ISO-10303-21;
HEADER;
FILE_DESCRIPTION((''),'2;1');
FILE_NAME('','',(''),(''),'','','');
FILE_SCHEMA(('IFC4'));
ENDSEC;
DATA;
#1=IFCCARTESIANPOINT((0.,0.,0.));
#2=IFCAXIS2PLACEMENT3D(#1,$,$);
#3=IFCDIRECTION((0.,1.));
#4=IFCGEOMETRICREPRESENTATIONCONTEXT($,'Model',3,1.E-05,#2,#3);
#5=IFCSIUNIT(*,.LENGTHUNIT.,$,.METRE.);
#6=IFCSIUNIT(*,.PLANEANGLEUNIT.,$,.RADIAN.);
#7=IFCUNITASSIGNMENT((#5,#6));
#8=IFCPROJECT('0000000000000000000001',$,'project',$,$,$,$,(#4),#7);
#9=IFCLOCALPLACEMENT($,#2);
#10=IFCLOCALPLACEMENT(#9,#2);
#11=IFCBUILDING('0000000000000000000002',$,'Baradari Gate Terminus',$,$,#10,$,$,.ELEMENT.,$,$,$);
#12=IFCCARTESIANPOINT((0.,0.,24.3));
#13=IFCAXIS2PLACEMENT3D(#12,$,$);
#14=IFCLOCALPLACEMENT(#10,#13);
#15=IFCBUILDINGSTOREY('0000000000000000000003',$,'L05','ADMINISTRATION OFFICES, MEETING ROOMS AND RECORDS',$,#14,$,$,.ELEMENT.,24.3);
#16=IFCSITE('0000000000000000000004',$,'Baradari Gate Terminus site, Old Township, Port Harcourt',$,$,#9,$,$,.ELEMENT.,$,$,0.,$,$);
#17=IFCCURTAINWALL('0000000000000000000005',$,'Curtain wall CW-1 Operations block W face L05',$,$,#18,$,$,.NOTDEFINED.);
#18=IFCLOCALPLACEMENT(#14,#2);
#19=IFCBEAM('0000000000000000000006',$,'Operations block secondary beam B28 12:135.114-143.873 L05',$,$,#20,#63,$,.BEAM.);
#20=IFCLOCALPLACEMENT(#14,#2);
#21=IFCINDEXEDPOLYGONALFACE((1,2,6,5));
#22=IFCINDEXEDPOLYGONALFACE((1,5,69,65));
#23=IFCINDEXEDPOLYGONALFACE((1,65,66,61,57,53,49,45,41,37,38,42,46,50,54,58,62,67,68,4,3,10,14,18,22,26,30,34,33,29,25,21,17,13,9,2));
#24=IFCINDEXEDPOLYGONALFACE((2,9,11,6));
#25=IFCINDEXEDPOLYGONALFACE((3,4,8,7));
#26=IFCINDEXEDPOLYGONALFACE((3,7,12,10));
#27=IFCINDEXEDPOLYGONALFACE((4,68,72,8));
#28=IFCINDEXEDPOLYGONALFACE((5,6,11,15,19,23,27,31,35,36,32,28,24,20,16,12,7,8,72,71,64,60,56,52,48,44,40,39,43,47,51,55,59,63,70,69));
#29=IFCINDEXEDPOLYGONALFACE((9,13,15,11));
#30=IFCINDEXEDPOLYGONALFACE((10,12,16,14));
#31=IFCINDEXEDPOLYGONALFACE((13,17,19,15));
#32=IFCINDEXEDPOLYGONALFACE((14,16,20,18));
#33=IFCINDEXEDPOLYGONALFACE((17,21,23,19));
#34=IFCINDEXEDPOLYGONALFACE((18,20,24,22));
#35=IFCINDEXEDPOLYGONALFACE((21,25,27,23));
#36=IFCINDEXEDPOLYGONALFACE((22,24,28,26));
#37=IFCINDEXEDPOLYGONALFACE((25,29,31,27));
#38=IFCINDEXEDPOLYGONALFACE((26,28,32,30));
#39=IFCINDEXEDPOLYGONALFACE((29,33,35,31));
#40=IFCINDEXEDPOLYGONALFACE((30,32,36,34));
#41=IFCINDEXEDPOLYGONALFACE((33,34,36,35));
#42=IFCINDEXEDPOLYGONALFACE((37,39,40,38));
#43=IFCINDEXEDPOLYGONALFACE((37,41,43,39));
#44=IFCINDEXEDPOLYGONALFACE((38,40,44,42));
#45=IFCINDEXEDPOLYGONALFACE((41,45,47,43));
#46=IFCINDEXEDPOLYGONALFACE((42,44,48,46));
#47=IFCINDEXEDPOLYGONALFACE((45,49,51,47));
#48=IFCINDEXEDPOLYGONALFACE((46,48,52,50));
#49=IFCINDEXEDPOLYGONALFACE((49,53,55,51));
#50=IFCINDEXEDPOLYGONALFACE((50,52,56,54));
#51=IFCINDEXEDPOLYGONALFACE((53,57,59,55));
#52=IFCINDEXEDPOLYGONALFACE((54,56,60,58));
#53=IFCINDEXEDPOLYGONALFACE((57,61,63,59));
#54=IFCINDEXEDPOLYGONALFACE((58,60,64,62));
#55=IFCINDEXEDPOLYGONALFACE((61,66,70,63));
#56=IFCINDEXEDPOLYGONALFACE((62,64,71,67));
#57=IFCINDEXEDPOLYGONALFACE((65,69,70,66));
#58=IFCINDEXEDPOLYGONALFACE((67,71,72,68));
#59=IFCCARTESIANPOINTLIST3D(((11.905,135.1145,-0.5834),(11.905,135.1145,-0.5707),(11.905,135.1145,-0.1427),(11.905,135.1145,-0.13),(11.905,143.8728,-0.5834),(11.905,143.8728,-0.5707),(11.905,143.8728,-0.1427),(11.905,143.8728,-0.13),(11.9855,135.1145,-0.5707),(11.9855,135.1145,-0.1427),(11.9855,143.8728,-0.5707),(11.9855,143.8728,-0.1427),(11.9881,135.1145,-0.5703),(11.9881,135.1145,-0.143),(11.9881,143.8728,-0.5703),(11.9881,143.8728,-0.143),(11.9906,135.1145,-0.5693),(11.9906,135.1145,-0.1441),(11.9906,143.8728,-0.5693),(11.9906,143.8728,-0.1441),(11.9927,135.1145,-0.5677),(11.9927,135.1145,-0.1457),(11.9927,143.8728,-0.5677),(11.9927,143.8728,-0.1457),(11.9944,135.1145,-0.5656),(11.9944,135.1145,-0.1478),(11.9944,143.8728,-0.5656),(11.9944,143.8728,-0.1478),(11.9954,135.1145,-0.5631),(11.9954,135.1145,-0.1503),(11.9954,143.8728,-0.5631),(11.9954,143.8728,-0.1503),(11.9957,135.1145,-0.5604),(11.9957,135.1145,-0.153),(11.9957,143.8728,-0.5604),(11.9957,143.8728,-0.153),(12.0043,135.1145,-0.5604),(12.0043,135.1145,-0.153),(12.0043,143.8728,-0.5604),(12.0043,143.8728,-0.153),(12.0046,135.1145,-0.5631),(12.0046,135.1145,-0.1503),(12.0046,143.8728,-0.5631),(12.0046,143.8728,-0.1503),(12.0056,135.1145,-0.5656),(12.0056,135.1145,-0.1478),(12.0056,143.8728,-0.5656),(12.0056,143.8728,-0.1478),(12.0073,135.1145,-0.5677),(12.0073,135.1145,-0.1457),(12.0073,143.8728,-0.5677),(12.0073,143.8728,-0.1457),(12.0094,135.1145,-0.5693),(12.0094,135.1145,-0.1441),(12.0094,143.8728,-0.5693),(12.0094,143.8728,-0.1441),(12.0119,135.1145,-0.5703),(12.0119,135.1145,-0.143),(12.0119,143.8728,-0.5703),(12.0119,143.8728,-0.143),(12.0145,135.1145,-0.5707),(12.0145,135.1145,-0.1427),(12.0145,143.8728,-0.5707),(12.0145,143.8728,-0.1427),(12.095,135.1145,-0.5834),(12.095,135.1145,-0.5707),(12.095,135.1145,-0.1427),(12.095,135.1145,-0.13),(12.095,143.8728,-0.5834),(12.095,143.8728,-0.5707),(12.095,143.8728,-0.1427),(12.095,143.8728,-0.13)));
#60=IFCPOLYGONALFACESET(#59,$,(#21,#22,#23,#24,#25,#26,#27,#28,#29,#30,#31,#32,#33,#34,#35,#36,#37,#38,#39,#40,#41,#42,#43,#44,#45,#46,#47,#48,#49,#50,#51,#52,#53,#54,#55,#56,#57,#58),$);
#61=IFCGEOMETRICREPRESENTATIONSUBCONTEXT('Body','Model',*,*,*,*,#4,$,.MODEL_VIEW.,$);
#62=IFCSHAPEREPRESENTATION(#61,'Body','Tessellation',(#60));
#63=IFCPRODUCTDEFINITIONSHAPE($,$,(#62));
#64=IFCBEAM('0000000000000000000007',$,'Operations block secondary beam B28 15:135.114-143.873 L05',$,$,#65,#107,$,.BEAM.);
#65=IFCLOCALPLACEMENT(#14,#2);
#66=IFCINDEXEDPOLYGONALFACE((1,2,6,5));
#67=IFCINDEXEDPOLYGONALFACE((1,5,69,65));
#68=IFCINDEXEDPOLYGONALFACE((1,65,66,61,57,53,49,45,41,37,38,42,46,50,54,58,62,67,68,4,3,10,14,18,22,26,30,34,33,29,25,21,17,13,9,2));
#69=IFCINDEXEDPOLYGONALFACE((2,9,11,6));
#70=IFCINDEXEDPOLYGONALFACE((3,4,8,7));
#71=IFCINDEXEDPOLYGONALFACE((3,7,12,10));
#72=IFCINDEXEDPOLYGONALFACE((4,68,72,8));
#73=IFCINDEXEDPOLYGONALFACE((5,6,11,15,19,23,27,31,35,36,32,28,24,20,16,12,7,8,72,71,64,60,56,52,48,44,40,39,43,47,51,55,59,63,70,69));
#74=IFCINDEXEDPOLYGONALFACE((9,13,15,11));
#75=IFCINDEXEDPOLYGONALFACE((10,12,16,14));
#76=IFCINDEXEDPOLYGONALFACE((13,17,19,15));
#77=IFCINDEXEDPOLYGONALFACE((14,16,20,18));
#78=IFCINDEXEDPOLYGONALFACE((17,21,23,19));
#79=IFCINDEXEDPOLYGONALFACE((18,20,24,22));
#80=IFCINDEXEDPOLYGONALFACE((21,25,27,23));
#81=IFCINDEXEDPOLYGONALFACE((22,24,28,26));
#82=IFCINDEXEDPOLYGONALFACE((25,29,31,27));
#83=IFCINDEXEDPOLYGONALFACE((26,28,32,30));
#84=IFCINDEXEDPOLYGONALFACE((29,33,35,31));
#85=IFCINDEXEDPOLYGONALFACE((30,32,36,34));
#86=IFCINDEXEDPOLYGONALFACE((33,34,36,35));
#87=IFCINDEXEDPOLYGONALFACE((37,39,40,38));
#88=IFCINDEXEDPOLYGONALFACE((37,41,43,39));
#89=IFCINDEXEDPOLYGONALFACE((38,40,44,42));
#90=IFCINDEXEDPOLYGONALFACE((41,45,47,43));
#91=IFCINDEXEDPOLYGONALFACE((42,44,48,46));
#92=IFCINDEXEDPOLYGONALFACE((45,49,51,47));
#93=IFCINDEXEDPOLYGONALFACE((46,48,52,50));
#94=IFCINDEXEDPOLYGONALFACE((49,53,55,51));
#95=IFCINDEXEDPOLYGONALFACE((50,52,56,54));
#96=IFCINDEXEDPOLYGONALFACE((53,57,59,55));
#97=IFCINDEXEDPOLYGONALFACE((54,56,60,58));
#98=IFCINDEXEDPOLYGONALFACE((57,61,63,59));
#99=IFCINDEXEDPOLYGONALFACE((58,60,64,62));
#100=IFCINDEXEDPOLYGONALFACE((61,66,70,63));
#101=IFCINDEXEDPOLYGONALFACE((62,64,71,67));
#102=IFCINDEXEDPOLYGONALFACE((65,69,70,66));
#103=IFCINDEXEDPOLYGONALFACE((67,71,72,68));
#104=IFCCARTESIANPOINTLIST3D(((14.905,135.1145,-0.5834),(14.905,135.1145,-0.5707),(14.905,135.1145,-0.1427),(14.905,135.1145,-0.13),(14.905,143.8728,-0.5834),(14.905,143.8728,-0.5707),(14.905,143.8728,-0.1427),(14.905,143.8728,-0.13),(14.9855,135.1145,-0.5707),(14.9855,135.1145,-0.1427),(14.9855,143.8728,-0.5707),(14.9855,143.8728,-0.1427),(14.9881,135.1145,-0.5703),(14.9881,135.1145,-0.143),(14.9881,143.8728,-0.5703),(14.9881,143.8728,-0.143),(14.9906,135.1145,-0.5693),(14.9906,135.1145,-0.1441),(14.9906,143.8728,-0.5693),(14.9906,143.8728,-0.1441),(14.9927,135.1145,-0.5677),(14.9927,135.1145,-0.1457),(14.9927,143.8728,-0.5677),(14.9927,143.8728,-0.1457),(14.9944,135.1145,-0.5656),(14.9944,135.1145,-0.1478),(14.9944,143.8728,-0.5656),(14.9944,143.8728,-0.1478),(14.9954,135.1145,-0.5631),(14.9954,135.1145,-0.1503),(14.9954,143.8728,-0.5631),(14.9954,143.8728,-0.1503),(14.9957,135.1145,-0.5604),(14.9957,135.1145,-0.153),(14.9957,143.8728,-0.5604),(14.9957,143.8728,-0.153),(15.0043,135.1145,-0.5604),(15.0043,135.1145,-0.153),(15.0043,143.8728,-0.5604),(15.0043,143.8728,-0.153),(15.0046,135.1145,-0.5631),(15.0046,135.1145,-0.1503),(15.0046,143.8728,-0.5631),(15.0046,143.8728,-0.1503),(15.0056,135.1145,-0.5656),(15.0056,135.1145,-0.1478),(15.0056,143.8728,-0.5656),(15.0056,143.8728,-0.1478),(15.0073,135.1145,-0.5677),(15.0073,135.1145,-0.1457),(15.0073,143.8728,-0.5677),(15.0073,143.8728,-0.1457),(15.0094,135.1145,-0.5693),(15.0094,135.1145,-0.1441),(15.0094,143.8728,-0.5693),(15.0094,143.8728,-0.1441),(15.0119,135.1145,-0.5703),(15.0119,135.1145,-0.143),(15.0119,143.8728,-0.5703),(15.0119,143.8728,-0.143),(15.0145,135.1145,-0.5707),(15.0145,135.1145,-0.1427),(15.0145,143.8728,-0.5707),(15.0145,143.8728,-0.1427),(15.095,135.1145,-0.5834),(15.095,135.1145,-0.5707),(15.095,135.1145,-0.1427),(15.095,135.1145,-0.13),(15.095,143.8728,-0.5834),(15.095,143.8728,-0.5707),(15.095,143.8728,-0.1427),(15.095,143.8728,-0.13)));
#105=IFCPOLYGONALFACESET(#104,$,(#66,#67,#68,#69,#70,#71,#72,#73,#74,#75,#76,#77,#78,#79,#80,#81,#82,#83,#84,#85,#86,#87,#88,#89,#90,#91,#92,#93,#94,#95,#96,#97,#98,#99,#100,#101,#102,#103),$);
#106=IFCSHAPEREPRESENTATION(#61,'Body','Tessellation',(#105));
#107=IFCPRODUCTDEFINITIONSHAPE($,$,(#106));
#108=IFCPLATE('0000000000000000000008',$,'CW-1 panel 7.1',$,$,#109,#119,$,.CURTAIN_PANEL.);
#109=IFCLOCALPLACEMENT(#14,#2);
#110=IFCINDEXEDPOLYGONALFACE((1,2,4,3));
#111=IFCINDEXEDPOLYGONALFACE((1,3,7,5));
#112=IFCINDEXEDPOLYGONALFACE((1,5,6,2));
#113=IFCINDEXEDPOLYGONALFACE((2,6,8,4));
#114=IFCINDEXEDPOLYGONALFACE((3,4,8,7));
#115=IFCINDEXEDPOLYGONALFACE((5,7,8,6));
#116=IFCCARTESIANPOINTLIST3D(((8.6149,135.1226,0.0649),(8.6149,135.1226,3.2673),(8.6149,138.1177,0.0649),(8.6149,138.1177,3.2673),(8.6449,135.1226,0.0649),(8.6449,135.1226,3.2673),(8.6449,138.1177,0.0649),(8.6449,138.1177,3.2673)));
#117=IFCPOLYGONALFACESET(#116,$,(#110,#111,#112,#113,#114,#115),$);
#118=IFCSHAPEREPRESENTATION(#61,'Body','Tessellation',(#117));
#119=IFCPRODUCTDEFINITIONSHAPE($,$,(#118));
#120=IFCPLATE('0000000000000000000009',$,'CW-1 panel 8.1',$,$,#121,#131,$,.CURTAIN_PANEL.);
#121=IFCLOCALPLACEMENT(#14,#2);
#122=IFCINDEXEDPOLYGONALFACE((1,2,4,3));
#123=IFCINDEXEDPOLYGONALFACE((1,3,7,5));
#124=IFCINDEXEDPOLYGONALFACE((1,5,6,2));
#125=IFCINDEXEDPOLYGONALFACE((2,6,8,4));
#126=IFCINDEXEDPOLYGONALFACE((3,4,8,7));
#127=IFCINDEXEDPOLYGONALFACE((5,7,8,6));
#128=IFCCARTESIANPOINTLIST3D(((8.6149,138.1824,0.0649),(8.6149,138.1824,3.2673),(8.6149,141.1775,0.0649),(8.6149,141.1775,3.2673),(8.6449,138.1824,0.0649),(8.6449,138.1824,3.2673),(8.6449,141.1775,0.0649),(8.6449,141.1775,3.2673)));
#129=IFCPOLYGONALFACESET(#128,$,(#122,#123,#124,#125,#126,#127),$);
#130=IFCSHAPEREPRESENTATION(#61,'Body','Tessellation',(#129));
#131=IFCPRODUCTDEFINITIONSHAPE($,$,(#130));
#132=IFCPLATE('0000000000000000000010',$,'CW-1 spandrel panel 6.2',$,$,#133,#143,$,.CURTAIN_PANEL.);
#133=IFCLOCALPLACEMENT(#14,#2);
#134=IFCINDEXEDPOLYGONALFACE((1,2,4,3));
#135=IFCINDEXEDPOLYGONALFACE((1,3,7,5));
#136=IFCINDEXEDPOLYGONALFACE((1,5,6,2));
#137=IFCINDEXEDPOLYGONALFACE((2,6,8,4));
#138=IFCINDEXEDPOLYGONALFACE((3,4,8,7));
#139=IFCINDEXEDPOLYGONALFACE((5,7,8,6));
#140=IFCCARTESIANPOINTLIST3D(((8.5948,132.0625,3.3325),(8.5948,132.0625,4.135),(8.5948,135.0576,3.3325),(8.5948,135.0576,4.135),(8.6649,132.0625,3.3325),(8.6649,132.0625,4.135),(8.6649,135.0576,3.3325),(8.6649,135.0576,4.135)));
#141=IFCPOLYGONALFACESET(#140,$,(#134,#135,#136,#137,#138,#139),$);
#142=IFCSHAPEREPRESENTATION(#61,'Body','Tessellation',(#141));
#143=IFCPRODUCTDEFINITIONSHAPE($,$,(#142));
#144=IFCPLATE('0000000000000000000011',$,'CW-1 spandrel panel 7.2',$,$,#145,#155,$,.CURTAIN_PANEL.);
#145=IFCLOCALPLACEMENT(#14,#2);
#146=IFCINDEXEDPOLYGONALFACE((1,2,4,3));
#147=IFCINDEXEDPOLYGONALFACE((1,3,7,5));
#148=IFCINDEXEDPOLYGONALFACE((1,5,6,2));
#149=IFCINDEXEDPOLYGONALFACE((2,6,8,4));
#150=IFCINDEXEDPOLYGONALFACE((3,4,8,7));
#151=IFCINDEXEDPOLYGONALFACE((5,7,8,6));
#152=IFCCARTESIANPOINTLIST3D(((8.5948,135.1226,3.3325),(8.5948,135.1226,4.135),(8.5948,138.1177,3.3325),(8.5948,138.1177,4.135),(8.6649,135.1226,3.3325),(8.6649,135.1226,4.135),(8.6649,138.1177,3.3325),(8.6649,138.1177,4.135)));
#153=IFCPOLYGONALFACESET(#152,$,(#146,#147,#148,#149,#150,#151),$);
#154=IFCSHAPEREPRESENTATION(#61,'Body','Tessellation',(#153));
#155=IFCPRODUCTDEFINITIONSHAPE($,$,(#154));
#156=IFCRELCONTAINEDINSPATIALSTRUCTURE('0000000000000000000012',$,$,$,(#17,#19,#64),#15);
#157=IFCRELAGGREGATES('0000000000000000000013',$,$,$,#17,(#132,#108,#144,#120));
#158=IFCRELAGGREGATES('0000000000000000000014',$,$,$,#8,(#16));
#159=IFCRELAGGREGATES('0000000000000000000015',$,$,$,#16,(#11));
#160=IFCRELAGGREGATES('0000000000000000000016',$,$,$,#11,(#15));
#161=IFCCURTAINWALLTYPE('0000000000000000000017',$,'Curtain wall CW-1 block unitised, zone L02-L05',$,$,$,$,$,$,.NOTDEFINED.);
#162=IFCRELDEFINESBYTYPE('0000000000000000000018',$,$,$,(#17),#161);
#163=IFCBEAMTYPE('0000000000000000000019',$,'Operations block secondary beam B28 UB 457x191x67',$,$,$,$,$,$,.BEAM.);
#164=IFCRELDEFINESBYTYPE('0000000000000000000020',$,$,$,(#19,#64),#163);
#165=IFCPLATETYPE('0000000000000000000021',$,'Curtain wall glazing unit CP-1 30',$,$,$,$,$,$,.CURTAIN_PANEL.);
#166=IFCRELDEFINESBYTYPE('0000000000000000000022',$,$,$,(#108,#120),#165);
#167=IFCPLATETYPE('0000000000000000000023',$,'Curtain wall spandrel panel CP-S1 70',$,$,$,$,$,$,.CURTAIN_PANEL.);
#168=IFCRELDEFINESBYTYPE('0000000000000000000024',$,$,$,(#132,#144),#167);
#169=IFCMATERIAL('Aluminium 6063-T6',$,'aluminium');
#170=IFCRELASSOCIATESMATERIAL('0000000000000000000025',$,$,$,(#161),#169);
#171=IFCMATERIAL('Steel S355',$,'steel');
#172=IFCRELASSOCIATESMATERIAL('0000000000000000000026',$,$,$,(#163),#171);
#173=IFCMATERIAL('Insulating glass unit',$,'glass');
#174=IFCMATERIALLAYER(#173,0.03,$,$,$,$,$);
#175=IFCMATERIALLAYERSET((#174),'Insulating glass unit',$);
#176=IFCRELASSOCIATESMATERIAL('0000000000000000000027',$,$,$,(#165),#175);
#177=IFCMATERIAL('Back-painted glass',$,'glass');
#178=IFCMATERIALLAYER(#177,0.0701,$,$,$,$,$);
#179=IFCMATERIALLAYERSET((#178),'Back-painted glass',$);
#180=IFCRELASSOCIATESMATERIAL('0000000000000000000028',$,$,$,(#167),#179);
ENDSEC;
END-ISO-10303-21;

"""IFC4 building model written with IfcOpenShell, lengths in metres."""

from ifc_helpers import new_model, si_unit, direction, frame, origin, origin_2d, place, context, subcontext, project, spatial, rectangle, i_section, extrude, material, layer, layer_set, material_profile, profile_set, type_object, element, aggregate, save


model = new_model("IFC4")

# Units and contexts
model_context = context("Model", 3, precision=1e-05, world=origin(), true_north=direction((0.0, 1.0)))
body_context = subcontext(model_context, "Body", "Model", "MODEL_VIEW")
ifc_project = project(units=[si_unit("LENGTHUNIT", "METRE"), si_unit("PLANEANGLEUNIT", "RADIAN")], contexts=[model_context])

# Site, building, storey
site_placement = place(None, origin())
site = spatial("IfcSite", under=ifc_project, at=site_placement, Name="Baradari Gate Terminus site, Old Township, Port Harcourt", CompositionType="ELEMENT", RefElevation=0.0)
building_placement = place(site_placement, origin())
building = spatial("IfcBuilding", under=site, at=building_placement, Name="Baradari Gate Terminus", CompositionType="ELEMENT")
storey_placement = place(building_placement, frame((0.0, 0.0, 24.3)))
storey = spatial("IfcBuildingStorey", under=building, at=storey_placement, Name="L05", Description="ADMINISTRATION OFFICES, MEETING ROOMS AND RECORDS", CompositionType="ELEMENT", Elevation=24.3)

# Curtain wall
ifc_material_1 = material(Name="Aluminium 6063-T6", Category="aluminium")
curtain_wall_type = type_object("IfcCurtainWallType", Name="Curtain wall CW-1 block unitised, zone L02-L05", PredefinedType="NOTDEFINED", material=ifc_material_1)
curtain_wall_placement = place(storey_placement, origin())
curtain_wall = element("IfcCurtainWall", 1, at=curtain_wall_placement, inside=storey, type_object=curtain_wall_type, Name="Curtain wall CW-1 Operations block W face L05", PredefinedType="NOTDEFINED")

# Beams
ifc_material_2 = material(Name="Steel S355", Category="steel")
ifc_material_profile_1 = material_profile(ifc_material_2, i_section(OverallWidth=0.1899, OverallDepth=0.4534, WebThickness=0.0085, FlangeThickness=0.0127, FilletRadius=0.0103, at=origin_2d()), Name="UB 457x191x67")
ifc_profile_set_1 = profile_set([ifc_material_profile_1], Name="Steel S355")
beam_type_1 = type_object("IfcBeamType", Name="Operations block secondary beam B28 UB 457x191x67", PredefinedType="BEAM", material=ifc_profile_set_1)
for number, where, z_axis, x_axis, name in (
    (2, (12.0, 135.1145, -0.3567), (0.0, 1.0, 0.0), (-1.0, 0.0, 0.0), "Operations block secondary beam B28 12:135.114-143.873 L05"),
    (3, (15.0, 135.1145, -0.3567), (0.0, 1.0, 0.0), (-1.0, 0.0, 0.0), "Operations block secondary beam B28 15:135.114-143.873 L05"),
):
    element("IfcBeam", number, at=place(storey_placement, frame(where, z_axis=z_axis, x_axis=x_axis)), inside=storey, type_object=beam_type_1, Name=name, PredefinedType="BEAM", context=body_context, shape_type="SweptSolid", body=[
        extrude(i_section(OverallWidth=0.1899, OverallDepth=0.4534, WebThickness=0.0085, FlangeThickness=0.0127, FilletRadius=0.0103, at=origin_2d()), origin(), (0.0, 0.0, 1.0), 8.7583),
    ])

# Plates
ifc_material_3 = material(Name="Insulating glass unit", Category="glass")
ifc_layer_1 = layer(ifc_material_3, 0.03)
ifc_layer_set_1 = layer_set([ifc_layer_1], Name="Insulating glass unit")
plate_type_1 = type_object("IfcPlateType", Name="Curtain wall glazing unit CP-1 30", PredefinedType="CURTAIN_PANEL", material=ifc_layer_set_1)
plate_1_placement = place(storey_placement, frame((8.6299, 136.6201, 0.0649), z_axis=(0.0, 0.0, 1.0), x_axis=(0.0, 1.0, 0.0)))
plate_1 = element("IfcPlate", 4, at=plate_1_placement, type_object=plate_type_1, Name="CW-1 panel 7.1", PredefinedType="CURTAIN_PANEL", context=body_context, shape_type="SweptSolid", body=[
    extrude(rectangle(XDim=2.9951, YDim=0.03, at=origin_2d()), origin(), (0.0, 0.0, 1.0), 3.2024),
])
plate_2_placement = place(storey_placement, frame((8.6299, 139.6799, 0.0649), z_axis=(0.0, 0.0, 1.0), x_axis=(0.0, 1.0, 0.0)))
plate_2 = element("IfcPlate", 5, at=plate_2_placement, type_object=plate_type_1, Name="CW-1 panel 8.1", PredefinedType="CURTAIN_PANEL", context=body_context, shape_type="SweptSolid", body=[
    extrude(rectangle(XDim=2.9951, YDim=0.03, at=origin_2d()), origin(), (0.0, 0.0, 1.0), 3.2024),
])
ifc_material_4 = material(Name="Back-painted glass", Category="glass")
ifc_layer_2 = layer(ifc_material_4, 0.0701)
ifc_layer_set_2 = layer_set([ifc_layer_2], Name="Back-painted glass")
plate_type_2 = type_object("IfcPlateType", Name="Curtain wall spandrel panel CP-S1 70", PredefinedType="CURTAIN_PANEL", material=ifc_layer_set_2)
plate_3_placement = place(storey_placement, frame((8.6299, 133.5601, 3.3325), z_axis=(0.0, 0.0, 1.0), x_axis=(0.0, 1.0, 0.0)))
plate_3 = element("IfcPlate", 6, at=plate_3_placement, type_object=plate_type_2, Name="CW-1 spandrel panel 6.2", PredefinedType="CURTAIN_PANEL", context=body_context, shape_type="SweptSolid", body=[
    extrude(rectangle(XDim=2.9951, YDim=0.0701, at=origin_2d()), origin(), (0.0, 0.0, 1.0), 0.8025),
])
plate_4_placement = place(storey_placement, frame((8.6299, 136.6201, 3.3325), z_axis=(0.0, 0.0, 1.0), x_axis=(0.0, 1.0, 0.0)))
plate_4 = element("IfcPlate", 7, at=plate_4_placement, type_object=plate_type_2, Name="CW-1 spandrel panel 7.2", PredefinedType="CURTAIN_PANEL", context=body_context, shape_type="SweptSolid", body=[
    extrude(rectangle(XDim=2.9951, YDim=0.0701, at=origin_2d()), origin(), (0.0, 0.0, 1.0), 0.8025),
])
aggregate(curtain_wall, [plate_3, plate_1, plate_4, plate_2])

save(model, "model.ifc")
